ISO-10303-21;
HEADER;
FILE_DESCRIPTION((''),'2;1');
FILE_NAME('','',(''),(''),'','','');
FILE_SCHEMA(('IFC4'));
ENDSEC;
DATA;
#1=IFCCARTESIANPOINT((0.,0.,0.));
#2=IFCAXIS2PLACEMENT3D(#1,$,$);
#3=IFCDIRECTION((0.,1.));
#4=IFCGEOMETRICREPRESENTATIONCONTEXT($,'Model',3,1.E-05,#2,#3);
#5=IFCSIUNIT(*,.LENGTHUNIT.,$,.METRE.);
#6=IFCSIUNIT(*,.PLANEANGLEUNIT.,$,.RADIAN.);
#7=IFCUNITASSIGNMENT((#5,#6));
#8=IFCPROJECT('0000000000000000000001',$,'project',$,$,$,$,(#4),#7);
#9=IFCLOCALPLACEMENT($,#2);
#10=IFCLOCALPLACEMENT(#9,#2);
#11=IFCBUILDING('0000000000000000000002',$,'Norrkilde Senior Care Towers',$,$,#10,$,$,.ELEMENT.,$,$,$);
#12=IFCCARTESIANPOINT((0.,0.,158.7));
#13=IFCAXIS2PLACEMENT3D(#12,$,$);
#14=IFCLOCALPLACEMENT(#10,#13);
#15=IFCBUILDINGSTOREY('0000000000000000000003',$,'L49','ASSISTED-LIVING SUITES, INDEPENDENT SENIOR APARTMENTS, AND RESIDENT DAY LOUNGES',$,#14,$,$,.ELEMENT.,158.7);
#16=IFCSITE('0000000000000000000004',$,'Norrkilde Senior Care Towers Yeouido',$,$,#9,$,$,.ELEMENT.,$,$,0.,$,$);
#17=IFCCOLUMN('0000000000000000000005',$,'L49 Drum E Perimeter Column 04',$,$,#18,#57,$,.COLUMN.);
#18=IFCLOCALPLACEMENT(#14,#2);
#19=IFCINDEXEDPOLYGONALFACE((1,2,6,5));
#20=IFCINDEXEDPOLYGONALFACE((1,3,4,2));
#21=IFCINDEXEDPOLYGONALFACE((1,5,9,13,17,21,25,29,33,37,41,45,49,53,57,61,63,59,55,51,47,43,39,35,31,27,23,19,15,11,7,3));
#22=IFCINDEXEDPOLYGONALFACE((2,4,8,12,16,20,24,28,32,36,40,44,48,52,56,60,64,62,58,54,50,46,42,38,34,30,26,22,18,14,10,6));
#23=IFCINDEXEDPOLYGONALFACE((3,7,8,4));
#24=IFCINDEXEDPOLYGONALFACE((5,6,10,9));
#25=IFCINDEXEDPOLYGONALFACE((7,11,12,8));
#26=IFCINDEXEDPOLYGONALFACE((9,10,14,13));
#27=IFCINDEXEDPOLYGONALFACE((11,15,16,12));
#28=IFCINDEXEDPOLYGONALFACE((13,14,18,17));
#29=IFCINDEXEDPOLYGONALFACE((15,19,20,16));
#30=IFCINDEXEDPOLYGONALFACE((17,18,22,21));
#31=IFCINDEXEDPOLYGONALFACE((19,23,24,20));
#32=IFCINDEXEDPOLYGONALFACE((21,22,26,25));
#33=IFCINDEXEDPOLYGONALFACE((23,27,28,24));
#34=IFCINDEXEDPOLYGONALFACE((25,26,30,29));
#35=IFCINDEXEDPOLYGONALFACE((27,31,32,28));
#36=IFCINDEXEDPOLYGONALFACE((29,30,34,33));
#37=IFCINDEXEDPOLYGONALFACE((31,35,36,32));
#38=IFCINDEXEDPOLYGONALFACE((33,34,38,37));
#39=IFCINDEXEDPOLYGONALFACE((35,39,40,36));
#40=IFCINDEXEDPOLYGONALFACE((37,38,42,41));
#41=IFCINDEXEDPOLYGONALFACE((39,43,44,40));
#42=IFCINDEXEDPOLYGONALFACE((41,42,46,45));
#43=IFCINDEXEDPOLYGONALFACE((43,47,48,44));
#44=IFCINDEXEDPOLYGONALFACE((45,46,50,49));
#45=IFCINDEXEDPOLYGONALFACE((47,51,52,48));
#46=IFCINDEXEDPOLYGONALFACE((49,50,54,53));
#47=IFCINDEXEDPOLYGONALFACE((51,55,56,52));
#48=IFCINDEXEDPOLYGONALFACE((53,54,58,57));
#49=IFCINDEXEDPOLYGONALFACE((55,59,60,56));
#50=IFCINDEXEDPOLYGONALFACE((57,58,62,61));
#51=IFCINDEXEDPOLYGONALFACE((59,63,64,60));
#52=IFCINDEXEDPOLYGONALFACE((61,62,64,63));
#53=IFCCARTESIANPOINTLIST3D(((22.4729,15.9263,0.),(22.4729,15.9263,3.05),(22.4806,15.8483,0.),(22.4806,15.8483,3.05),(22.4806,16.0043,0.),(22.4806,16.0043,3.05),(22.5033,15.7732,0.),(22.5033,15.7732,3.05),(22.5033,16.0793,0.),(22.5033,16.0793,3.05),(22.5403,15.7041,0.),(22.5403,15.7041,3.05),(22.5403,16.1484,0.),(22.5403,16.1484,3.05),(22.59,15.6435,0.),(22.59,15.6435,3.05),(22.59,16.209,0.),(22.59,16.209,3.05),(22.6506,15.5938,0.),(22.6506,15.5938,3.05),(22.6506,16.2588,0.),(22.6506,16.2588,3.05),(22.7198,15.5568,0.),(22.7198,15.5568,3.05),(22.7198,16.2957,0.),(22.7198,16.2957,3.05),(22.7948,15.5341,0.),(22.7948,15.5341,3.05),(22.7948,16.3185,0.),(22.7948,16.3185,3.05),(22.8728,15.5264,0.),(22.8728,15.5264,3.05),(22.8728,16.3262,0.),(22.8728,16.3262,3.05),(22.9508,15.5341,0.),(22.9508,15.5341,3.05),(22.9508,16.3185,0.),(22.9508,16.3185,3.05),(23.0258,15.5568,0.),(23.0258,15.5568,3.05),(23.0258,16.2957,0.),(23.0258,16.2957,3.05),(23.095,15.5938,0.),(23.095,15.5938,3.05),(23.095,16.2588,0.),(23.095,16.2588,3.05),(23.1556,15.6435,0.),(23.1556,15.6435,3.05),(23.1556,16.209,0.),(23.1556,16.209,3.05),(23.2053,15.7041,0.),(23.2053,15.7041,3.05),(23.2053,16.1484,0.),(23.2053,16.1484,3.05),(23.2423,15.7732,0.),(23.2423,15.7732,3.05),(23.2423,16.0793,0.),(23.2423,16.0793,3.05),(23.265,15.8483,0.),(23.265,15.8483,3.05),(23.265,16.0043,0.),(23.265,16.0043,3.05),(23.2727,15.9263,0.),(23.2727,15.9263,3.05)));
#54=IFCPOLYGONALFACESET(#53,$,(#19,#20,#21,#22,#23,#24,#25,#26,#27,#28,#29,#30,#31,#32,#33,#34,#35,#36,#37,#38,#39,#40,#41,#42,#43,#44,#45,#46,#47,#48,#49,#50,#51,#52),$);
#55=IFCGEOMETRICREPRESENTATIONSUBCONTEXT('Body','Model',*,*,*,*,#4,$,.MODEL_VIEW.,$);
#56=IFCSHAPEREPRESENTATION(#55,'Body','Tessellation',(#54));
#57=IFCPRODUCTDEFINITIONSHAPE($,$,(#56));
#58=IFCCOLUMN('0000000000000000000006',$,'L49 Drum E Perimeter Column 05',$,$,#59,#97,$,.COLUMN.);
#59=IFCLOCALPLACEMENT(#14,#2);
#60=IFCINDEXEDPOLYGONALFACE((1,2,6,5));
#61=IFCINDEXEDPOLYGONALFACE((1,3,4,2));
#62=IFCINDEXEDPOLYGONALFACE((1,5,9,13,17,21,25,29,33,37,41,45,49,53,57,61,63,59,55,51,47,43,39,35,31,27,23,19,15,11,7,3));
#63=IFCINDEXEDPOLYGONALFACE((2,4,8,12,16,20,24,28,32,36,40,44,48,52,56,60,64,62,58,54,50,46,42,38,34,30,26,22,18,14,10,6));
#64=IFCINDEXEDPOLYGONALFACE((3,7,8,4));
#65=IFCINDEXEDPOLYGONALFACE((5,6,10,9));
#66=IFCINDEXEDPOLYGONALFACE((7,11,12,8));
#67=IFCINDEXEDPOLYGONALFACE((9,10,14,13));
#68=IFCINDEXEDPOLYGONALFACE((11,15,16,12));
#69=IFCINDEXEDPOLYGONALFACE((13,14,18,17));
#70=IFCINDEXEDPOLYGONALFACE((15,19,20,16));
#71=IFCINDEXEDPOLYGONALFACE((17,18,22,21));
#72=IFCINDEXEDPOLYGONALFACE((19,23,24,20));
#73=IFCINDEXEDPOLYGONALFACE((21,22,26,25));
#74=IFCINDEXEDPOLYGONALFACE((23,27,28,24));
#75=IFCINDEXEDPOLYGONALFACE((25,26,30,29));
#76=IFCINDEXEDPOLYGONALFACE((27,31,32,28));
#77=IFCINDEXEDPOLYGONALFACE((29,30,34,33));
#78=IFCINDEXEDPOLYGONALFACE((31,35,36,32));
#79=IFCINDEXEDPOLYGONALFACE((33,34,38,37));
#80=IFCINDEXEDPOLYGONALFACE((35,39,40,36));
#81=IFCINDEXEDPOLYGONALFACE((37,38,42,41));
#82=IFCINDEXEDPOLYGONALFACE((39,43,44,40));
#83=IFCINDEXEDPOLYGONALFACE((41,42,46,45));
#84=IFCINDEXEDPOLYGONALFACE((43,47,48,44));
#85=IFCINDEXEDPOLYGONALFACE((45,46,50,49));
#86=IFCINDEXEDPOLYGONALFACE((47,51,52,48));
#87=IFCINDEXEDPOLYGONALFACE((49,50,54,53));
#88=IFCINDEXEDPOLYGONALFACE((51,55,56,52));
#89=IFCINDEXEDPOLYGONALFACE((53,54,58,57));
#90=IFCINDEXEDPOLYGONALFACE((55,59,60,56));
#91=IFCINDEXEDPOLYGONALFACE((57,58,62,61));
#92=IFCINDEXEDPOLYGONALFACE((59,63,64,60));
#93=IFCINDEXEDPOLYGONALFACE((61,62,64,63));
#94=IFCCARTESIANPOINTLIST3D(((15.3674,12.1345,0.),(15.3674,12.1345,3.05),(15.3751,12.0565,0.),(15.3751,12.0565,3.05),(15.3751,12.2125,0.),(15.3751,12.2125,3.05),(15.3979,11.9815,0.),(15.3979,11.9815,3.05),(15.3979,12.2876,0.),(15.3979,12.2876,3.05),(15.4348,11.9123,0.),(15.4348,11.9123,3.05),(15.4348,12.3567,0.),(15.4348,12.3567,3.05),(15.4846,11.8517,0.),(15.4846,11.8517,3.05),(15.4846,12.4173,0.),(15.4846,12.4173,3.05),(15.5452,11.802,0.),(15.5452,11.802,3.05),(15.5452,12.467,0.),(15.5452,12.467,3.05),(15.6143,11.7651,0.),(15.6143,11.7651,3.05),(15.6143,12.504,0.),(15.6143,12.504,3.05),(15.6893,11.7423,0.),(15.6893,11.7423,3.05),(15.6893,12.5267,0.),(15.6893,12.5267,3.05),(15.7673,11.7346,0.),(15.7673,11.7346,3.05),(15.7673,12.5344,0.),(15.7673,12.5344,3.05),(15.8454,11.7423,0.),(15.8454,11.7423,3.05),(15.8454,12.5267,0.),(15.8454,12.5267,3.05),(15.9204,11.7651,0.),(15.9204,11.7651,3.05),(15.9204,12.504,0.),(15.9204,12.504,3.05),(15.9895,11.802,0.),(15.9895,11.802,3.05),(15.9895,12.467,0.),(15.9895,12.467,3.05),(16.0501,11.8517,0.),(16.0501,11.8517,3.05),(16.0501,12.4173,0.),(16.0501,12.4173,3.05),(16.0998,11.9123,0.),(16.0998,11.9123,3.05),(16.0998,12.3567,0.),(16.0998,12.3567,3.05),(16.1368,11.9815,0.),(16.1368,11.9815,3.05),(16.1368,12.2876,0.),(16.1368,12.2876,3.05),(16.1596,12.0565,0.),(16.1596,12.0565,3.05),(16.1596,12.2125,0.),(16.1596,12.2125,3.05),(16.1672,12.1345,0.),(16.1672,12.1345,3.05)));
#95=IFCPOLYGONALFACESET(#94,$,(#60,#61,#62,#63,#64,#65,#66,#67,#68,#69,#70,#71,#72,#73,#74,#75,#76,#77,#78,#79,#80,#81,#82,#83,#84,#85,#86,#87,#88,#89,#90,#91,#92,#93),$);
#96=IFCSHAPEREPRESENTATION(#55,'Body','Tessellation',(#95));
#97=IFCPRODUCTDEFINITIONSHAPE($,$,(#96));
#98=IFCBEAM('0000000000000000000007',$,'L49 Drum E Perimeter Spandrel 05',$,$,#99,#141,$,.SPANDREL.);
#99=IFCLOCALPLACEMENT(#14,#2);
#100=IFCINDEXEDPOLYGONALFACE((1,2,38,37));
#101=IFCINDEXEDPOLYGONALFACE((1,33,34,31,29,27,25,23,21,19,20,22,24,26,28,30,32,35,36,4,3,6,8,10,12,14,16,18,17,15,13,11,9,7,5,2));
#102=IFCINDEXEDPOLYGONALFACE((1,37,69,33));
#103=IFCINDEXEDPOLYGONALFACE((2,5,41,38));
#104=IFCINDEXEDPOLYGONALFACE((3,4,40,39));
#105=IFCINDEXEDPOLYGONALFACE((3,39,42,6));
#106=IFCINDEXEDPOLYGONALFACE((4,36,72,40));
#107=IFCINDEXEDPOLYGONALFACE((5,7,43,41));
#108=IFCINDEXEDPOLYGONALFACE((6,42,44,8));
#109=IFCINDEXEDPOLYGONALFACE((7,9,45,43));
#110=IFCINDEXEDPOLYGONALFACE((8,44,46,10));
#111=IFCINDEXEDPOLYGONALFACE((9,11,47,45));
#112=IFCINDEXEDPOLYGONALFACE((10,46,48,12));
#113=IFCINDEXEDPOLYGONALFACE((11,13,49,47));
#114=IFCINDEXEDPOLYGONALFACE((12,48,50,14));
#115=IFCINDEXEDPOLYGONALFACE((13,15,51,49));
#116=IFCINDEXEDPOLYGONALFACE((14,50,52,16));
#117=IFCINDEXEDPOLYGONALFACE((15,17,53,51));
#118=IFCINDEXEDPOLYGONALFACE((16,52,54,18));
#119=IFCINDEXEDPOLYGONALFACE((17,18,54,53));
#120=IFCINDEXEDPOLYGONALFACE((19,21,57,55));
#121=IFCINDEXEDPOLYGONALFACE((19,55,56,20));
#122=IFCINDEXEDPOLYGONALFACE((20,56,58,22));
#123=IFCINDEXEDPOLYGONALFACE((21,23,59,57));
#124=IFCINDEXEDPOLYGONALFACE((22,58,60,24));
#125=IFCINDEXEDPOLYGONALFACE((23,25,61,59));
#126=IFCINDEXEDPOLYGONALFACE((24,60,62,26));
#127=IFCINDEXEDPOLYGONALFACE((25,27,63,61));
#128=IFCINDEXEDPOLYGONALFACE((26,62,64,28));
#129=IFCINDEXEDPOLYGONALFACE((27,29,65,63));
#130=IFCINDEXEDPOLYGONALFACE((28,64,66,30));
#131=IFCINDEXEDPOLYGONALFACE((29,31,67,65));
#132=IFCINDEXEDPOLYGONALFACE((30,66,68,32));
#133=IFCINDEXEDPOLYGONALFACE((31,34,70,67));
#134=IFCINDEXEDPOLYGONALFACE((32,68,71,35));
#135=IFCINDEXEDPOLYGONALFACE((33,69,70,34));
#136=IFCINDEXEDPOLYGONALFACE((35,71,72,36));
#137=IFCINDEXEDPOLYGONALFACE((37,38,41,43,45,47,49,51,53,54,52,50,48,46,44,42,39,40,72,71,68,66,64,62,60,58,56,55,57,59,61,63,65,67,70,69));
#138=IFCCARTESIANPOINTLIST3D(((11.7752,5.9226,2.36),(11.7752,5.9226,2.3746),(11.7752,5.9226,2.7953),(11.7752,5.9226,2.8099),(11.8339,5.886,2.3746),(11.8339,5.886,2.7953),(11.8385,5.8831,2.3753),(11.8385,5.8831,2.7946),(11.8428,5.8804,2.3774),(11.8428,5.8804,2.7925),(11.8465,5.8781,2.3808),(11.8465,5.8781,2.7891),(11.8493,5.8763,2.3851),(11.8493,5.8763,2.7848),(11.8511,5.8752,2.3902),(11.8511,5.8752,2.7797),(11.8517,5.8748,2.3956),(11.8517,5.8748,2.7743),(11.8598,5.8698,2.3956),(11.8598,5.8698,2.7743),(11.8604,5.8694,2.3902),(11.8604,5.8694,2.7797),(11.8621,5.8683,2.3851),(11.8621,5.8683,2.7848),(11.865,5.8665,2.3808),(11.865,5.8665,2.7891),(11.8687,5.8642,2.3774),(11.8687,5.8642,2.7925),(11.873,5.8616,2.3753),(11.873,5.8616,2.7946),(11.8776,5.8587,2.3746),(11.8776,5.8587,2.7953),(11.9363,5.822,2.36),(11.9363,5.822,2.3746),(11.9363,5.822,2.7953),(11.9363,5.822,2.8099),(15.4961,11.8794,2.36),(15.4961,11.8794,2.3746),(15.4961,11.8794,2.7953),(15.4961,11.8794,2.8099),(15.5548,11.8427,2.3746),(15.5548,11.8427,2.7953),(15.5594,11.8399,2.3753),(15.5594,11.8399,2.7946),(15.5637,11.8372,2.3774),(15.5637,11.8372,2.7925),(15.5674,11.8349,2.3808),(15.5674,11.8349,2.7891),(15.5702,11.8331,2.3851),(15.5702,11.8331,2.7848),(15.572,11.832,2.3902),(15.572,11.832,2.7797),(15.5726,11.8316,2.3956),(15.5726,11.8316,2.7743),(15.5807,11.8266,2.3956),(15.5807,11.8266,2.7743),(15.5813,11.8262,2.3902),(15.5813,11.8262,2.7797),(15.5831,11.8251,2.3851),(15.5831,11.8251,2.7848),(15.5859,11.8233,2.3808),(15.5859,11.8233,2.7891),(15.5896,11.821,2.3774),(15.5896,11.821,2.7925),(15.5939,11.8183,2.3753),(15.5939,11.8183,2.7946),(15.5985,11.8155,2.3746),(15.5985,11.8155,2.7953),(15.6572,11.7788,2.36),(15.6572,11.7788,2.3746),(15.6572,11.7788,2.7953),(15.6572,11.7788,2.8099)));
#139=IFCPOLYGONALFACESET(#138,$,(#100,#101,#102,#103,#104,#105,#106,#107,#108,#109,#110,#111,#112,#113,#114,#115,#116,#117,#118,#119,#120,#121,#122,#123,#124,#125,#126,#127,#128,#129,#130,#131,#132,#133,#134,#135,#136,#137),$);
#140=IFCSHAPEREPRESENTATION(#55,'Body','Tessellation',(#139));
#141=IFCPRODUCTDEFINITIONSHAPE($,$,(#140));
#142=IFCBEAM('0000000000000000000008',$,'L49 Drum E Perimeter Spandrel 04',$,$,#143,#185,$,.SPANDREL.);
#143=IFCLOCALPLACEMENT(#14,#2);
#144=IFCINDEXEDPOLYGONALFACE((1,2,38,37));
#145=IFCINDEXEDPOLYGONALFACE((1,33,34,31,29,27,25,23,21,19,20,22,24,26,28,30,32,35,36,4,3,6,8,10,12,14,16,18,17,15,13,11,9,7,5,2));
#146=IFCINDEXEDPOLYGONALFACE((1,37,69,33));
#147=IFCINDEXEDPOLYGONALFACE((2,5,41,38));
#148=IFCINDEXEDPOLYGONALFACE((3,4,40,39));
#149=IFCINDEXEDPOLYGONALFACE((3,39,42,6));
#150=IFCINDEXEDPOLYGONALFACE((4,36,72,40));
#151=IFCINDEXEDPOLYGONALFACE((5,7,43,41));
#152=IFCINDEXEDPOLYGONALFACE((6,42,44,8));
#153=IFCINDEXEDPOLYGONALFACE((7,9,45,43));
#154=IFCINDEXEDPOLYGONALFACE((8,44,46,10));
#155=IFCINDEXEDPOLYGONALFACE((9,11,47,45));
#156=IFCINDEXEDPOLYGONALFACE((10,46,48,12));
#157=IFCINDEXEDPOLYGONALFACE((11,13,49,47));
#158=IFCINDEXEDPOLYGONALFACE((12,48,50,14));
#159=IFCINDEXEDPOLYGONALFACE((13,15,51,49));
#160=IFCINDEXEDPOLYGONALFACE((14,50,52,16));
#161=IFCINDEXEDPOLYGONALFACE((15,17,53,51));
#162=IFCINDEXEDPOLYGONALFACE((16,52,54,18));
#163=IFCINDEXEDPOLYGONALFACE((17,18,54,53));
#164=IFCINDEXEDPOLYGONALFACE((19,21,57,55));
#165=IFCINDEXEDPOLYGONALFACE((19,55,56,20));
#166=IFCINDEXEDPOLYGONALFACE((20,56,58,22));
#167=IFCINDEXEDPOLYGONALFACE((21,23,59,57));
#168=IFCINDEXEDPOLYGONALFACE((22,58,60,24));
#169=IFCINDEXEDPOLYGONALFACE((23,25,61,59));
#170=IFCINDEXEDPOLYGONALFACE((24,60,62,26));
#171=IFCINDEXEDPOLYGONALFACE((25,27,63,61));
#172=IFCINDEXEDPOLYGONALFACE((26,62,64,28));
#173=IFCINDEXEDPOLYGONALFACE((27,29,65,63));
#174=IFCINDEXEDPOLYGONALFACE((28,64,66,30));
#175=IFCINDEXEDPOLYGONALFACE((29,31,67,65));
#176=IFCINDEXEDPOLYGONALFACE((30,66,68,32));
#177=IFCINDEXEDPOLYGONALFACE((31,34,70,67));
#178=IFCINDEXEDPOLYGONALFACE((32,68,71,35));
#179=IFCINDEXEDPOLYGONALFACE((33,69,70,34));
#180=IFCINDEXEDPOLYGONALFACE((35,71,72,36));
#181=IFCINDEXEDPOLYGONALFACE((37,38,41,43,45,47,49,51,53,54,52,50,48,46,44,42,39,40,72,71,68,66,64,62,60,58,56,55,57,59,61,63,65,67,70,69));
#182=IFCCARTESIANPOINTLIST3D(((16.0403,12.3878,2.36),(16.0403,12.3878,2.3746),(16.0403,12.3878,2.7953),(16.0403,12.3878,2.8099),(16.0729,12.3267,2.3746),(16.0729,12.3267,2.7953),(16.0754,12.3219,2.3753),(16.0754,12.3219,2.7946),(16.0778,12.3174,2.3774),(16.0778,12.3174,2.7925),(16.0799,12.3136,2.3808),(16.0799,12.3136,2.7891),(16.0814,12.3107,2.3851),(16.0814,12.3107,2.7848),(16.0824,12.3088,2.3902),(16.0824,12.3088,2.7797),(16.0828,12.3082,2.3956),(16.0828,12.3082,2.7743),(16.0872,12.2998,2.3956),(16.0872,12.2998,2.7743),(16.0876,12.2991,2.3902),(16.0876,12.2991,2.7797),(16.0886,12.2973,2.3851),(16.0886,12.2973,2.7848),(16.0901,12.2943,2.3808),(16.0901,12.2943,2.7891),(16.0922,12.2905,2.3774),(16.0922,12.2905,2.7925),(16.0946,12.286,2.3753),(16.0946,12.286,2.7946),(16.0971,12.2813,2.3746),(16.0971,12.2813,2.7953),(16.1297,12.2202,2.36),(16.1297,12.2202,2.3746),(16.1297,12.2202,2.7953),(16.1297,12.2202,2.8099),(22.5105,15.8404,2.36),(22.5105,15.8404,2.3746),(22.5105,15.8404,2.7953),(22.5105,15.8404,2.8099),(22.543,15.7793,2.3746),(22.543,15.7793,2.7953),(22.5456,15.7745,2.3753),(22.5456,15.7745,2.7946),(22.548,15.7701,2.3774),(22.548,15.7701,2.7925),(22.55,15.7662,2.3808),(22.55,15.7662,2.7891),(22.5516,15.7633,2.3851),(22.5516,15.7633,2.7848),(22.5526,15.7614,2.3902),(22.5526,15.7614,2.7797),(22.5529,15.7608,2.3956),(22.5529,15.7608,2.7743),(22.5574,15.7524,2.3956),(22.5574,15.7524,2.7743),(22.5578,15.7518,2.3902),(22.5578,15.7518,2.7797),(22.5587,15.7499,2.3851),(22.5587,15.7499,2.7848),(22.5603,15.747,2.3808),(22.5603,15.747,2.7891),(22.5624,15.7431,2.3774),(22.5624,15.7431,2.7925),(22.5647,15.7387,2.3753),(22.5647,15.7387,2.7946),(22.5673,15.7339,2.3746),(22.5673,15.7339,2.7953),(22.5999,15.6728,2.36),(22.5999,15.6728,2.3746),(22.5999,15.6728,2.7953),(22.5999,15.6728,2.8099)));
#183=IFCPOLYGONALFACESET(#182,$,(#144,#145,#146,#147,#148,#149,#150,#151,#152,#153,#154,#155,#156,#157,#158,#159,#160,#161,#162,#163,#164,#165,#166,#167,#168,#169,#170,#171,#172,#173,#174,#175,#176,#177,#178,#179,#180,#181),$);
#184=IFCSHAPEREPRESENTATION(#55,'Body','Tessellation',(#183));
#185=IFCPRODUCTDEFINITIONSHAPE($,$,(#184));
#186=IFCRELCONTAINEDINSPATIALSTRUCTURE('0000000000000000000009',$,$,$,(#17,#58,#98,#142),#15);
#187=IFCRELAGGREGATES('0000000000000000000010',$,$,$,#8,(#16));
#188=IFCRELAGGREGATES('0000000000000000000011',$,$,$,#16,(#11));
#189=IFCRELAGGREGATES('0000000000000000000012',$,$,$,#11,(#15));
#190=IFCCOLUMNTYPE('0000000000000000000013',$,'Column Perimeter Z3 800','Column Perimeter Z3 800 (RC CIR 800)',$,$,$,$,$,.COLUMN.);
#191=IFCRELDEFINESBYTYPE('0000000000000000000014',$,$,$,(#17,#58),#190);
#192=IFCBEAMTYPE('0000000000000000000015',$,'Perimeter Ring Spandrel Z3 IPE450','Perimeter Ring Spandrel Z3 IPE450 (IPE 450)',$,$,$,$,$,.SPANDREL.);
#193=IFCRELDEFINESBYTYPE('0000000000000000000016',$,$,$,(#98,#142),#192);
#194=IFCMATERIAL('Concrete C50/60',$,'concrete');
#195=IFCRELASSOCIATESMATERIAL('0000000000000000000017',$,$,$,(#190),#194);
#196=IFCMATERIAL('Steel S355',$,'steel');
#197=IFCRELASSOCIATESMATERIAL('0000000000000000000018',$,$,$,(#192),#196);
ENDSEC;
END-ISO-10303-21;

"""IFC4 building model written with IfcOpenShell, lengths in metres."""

from ifc_helpers import new_model, si_unit, direction, frame, origin, origin_2d, place, context, subcontext, project, spatial, circle, i_section, extrude, source, transform, mapped, material, material_profile, profile_set, type_object, type_shapes, element, save


model = new_model("IFC4")

# Units and contexts
model_context = context("Model", 3, precision=1e-05, world=origin(), true_north=direction((0.0, 1.0)))
body_context = subcontext(model_context, "Body", "Model", "MODEL_VIEW")
ifc_project = project(units=[si_unit("LENGTHUNIT", "METRE"), si_unit("PLANEANGLEUNIT", "RADIAN")], contexts=[model_context])

# Site, building, storey
site_placement = place(None, origin())
site = spatial("IfcSite", under=ifc_project, at=site_placement, Name="Norrkilde Senior Care Towers Yeouido", CompositionType="ELEMENT", RefElevation=0.0)
building_placement = place(site_placement, origin())
building = spatial("IfcBuilding", under=site, at=building_placement, Name="Norrkilde Senior Care Towers", CompositionType="ELEMENT")
storey_placement = place(building_placement, frame((0.0, 0.0, 158.7)))
storey = spatial("IfcBuildingStorey", under=building, at=storey_placement, Name="L49", Description="ASSISTED-LIVING SUITES, INDEPENDENT SENIOR APARTMENTS, AND RESIDENT DAY LOUNGES", CompositionType="ELEMENT", Elevation=158.7)

# Columns
ifc_material_1 = material(Name="Concrete C50/60", Category="concrete")
ifc_material_profile_1 = material_profile(ifc_material_1, circle(Radius=0.3999, at=origin_2d()), Name="RC CIR 800")
ifc_profile_set_1 = profile_set([ifc_material_profile_1], Name="Concrete C50/60")
column_type = type_object("IfcColumnType", Name="Column Perimeter Z3 800", Description="Column Perimeter Z3 800 (RC CIR 800)", PredefinedType="COLUMN", material=ifc_profile_set_1)
shared_shape_1 = source(origin(), body_context, "Body", "SweptSolid", [
    extrude(circle(Radius=0.3999, at=origin_2d()), origin(), (0.0, 0.0, 1.0), 3.05),
])
type_shapes(column_type, [shared_shape_1])
for number, where, z_axis, x_axis, name in (
    (1, (22.8728, 15.9263, 0.0), (0.0, 0.0, 1.0), (1.0, 0.0, 0.0), "L49 Drum E Perimeter Column 04"),
    (2, (15.7673, 12.1345, 0.0), (0.0, 0.0, 1.0), (1.0, 0.0, 0.0), "L49 Drum E Perimeter Column 05"),
):
    element("IfcColumn", number, at=place(storey_placement, frame(where, z_axis=z_axis, x_axis=x_axis)), inside=storey, type_object=column_type, Name=name, PredefinedType="COLUMN", context=body_context, shape_type="MappedRepresentation", body=[
        mapped(shared_shape_1, transform((0.0, 0.0, 0.0), x_axis=(1.0, 0.0, 0.0), y_axis=(0.0, 1.0, 0.0), z_axis=(0.0, 0.0, 1.0), scale=1.0)),
    ])

# Beams
ifc_material_2 = material(Name="Steel S355", Category="steel")
ifc_material_profile_2 = material_profile(ifc_material_2, i_section(OverallWidth=0.1899, OverallDepth=0.45, WebThickness=0.0095, FlangeThickness=0.0146, FilletRadius=0.021, at=origin_2d()), Name="IPE 450")
ifc_profile_set_2 = profile_set([ifc_material_profile_2], Name="Steel S355")
beam_type_1 = type_object("IfcBeamType", Name="Perimeter Ring Spandrel Z3 IPE450", Description="Perimeter Ring Spandrel Z3 IPE450 (IPE 450)", PredefinedType="SPANDREL", material=ifc_profile_set_2)
shared_shape_2 = source(origin(), body_context, "Body", "SweptSolid", [
    extrude(i_section(OverallWidth=0.1899, OverallDepth=0.45, WebThickness=0.0095, FlangeThickness=0.0146, FilletRadius=0.021, at=origin_2d()), origin(), (0.0, 0.0, 1.0), 7.0234),
])
beam_1_placement = place(storey_placement, frame((15.5767, 11.8291, 2.585), z_axis=(-0.52979, -0.848129, 0.0), x_axis=(0.848129, -0.52979, 0.0)))
element("IfcBeam", 3, at=beam_1_placement, inside=storey, type_object=beam_type_1, Name="L49 Drum E Perimeter Spandrel 05", PredefinedType="SPANDREL", context=body_context, shape_type="MappedRepresentation", body=[
    mapped(shared_shape_2, transform((0.0, 0.0, 0.0), x_axis=(1.0, 0.0, 0.0), y_axis=(0.0, 1.0, 0.0), z_axis=(0.0, 0.0, 1.0), scale=1.0)),
])
shared_shape_3 = source(origin(), body_context, "Body", "SweptSolid", [
    extrude(i_section(OverallWidth=0.1899, OverallDepth=0.45, WebThickness=0.0095, FlangeThickness=0.0146, FilletRadius=0.021, at=origin_2d()), origin(), (0.0, 0.0, 1.0), 7.3337),
])
type_shapes(beam_type_1, [shared_shape_2, shared_shape_3])
beam_2_placement = place(storey_placement, frame((22.5552, 15.7566, 2.585), z_axis=(-0.882248, -0.470785, 0.0), x_axis=(0.470785, -0.882248, 0.0)))
element("IfcBeam", 4, at=beam_2_placement, inside=storey, type_object=beam_type_1, Name="L49 Drum E Perimeter Spandrel 04", PredefinedType="SPANDREL", context=body_context, shape_type="MappedRepresentation", body=[
    mapped(shared_shape_3, transform((0.0, 0.0, 0.0), x_axis=(1.0, 0.0, 0.0), y_axis=(0.0, 1.0, 0.0), z_axis=(0.0, 0.0, 1.0), scale=1.0)),
])

save(model, "model.ifc")
